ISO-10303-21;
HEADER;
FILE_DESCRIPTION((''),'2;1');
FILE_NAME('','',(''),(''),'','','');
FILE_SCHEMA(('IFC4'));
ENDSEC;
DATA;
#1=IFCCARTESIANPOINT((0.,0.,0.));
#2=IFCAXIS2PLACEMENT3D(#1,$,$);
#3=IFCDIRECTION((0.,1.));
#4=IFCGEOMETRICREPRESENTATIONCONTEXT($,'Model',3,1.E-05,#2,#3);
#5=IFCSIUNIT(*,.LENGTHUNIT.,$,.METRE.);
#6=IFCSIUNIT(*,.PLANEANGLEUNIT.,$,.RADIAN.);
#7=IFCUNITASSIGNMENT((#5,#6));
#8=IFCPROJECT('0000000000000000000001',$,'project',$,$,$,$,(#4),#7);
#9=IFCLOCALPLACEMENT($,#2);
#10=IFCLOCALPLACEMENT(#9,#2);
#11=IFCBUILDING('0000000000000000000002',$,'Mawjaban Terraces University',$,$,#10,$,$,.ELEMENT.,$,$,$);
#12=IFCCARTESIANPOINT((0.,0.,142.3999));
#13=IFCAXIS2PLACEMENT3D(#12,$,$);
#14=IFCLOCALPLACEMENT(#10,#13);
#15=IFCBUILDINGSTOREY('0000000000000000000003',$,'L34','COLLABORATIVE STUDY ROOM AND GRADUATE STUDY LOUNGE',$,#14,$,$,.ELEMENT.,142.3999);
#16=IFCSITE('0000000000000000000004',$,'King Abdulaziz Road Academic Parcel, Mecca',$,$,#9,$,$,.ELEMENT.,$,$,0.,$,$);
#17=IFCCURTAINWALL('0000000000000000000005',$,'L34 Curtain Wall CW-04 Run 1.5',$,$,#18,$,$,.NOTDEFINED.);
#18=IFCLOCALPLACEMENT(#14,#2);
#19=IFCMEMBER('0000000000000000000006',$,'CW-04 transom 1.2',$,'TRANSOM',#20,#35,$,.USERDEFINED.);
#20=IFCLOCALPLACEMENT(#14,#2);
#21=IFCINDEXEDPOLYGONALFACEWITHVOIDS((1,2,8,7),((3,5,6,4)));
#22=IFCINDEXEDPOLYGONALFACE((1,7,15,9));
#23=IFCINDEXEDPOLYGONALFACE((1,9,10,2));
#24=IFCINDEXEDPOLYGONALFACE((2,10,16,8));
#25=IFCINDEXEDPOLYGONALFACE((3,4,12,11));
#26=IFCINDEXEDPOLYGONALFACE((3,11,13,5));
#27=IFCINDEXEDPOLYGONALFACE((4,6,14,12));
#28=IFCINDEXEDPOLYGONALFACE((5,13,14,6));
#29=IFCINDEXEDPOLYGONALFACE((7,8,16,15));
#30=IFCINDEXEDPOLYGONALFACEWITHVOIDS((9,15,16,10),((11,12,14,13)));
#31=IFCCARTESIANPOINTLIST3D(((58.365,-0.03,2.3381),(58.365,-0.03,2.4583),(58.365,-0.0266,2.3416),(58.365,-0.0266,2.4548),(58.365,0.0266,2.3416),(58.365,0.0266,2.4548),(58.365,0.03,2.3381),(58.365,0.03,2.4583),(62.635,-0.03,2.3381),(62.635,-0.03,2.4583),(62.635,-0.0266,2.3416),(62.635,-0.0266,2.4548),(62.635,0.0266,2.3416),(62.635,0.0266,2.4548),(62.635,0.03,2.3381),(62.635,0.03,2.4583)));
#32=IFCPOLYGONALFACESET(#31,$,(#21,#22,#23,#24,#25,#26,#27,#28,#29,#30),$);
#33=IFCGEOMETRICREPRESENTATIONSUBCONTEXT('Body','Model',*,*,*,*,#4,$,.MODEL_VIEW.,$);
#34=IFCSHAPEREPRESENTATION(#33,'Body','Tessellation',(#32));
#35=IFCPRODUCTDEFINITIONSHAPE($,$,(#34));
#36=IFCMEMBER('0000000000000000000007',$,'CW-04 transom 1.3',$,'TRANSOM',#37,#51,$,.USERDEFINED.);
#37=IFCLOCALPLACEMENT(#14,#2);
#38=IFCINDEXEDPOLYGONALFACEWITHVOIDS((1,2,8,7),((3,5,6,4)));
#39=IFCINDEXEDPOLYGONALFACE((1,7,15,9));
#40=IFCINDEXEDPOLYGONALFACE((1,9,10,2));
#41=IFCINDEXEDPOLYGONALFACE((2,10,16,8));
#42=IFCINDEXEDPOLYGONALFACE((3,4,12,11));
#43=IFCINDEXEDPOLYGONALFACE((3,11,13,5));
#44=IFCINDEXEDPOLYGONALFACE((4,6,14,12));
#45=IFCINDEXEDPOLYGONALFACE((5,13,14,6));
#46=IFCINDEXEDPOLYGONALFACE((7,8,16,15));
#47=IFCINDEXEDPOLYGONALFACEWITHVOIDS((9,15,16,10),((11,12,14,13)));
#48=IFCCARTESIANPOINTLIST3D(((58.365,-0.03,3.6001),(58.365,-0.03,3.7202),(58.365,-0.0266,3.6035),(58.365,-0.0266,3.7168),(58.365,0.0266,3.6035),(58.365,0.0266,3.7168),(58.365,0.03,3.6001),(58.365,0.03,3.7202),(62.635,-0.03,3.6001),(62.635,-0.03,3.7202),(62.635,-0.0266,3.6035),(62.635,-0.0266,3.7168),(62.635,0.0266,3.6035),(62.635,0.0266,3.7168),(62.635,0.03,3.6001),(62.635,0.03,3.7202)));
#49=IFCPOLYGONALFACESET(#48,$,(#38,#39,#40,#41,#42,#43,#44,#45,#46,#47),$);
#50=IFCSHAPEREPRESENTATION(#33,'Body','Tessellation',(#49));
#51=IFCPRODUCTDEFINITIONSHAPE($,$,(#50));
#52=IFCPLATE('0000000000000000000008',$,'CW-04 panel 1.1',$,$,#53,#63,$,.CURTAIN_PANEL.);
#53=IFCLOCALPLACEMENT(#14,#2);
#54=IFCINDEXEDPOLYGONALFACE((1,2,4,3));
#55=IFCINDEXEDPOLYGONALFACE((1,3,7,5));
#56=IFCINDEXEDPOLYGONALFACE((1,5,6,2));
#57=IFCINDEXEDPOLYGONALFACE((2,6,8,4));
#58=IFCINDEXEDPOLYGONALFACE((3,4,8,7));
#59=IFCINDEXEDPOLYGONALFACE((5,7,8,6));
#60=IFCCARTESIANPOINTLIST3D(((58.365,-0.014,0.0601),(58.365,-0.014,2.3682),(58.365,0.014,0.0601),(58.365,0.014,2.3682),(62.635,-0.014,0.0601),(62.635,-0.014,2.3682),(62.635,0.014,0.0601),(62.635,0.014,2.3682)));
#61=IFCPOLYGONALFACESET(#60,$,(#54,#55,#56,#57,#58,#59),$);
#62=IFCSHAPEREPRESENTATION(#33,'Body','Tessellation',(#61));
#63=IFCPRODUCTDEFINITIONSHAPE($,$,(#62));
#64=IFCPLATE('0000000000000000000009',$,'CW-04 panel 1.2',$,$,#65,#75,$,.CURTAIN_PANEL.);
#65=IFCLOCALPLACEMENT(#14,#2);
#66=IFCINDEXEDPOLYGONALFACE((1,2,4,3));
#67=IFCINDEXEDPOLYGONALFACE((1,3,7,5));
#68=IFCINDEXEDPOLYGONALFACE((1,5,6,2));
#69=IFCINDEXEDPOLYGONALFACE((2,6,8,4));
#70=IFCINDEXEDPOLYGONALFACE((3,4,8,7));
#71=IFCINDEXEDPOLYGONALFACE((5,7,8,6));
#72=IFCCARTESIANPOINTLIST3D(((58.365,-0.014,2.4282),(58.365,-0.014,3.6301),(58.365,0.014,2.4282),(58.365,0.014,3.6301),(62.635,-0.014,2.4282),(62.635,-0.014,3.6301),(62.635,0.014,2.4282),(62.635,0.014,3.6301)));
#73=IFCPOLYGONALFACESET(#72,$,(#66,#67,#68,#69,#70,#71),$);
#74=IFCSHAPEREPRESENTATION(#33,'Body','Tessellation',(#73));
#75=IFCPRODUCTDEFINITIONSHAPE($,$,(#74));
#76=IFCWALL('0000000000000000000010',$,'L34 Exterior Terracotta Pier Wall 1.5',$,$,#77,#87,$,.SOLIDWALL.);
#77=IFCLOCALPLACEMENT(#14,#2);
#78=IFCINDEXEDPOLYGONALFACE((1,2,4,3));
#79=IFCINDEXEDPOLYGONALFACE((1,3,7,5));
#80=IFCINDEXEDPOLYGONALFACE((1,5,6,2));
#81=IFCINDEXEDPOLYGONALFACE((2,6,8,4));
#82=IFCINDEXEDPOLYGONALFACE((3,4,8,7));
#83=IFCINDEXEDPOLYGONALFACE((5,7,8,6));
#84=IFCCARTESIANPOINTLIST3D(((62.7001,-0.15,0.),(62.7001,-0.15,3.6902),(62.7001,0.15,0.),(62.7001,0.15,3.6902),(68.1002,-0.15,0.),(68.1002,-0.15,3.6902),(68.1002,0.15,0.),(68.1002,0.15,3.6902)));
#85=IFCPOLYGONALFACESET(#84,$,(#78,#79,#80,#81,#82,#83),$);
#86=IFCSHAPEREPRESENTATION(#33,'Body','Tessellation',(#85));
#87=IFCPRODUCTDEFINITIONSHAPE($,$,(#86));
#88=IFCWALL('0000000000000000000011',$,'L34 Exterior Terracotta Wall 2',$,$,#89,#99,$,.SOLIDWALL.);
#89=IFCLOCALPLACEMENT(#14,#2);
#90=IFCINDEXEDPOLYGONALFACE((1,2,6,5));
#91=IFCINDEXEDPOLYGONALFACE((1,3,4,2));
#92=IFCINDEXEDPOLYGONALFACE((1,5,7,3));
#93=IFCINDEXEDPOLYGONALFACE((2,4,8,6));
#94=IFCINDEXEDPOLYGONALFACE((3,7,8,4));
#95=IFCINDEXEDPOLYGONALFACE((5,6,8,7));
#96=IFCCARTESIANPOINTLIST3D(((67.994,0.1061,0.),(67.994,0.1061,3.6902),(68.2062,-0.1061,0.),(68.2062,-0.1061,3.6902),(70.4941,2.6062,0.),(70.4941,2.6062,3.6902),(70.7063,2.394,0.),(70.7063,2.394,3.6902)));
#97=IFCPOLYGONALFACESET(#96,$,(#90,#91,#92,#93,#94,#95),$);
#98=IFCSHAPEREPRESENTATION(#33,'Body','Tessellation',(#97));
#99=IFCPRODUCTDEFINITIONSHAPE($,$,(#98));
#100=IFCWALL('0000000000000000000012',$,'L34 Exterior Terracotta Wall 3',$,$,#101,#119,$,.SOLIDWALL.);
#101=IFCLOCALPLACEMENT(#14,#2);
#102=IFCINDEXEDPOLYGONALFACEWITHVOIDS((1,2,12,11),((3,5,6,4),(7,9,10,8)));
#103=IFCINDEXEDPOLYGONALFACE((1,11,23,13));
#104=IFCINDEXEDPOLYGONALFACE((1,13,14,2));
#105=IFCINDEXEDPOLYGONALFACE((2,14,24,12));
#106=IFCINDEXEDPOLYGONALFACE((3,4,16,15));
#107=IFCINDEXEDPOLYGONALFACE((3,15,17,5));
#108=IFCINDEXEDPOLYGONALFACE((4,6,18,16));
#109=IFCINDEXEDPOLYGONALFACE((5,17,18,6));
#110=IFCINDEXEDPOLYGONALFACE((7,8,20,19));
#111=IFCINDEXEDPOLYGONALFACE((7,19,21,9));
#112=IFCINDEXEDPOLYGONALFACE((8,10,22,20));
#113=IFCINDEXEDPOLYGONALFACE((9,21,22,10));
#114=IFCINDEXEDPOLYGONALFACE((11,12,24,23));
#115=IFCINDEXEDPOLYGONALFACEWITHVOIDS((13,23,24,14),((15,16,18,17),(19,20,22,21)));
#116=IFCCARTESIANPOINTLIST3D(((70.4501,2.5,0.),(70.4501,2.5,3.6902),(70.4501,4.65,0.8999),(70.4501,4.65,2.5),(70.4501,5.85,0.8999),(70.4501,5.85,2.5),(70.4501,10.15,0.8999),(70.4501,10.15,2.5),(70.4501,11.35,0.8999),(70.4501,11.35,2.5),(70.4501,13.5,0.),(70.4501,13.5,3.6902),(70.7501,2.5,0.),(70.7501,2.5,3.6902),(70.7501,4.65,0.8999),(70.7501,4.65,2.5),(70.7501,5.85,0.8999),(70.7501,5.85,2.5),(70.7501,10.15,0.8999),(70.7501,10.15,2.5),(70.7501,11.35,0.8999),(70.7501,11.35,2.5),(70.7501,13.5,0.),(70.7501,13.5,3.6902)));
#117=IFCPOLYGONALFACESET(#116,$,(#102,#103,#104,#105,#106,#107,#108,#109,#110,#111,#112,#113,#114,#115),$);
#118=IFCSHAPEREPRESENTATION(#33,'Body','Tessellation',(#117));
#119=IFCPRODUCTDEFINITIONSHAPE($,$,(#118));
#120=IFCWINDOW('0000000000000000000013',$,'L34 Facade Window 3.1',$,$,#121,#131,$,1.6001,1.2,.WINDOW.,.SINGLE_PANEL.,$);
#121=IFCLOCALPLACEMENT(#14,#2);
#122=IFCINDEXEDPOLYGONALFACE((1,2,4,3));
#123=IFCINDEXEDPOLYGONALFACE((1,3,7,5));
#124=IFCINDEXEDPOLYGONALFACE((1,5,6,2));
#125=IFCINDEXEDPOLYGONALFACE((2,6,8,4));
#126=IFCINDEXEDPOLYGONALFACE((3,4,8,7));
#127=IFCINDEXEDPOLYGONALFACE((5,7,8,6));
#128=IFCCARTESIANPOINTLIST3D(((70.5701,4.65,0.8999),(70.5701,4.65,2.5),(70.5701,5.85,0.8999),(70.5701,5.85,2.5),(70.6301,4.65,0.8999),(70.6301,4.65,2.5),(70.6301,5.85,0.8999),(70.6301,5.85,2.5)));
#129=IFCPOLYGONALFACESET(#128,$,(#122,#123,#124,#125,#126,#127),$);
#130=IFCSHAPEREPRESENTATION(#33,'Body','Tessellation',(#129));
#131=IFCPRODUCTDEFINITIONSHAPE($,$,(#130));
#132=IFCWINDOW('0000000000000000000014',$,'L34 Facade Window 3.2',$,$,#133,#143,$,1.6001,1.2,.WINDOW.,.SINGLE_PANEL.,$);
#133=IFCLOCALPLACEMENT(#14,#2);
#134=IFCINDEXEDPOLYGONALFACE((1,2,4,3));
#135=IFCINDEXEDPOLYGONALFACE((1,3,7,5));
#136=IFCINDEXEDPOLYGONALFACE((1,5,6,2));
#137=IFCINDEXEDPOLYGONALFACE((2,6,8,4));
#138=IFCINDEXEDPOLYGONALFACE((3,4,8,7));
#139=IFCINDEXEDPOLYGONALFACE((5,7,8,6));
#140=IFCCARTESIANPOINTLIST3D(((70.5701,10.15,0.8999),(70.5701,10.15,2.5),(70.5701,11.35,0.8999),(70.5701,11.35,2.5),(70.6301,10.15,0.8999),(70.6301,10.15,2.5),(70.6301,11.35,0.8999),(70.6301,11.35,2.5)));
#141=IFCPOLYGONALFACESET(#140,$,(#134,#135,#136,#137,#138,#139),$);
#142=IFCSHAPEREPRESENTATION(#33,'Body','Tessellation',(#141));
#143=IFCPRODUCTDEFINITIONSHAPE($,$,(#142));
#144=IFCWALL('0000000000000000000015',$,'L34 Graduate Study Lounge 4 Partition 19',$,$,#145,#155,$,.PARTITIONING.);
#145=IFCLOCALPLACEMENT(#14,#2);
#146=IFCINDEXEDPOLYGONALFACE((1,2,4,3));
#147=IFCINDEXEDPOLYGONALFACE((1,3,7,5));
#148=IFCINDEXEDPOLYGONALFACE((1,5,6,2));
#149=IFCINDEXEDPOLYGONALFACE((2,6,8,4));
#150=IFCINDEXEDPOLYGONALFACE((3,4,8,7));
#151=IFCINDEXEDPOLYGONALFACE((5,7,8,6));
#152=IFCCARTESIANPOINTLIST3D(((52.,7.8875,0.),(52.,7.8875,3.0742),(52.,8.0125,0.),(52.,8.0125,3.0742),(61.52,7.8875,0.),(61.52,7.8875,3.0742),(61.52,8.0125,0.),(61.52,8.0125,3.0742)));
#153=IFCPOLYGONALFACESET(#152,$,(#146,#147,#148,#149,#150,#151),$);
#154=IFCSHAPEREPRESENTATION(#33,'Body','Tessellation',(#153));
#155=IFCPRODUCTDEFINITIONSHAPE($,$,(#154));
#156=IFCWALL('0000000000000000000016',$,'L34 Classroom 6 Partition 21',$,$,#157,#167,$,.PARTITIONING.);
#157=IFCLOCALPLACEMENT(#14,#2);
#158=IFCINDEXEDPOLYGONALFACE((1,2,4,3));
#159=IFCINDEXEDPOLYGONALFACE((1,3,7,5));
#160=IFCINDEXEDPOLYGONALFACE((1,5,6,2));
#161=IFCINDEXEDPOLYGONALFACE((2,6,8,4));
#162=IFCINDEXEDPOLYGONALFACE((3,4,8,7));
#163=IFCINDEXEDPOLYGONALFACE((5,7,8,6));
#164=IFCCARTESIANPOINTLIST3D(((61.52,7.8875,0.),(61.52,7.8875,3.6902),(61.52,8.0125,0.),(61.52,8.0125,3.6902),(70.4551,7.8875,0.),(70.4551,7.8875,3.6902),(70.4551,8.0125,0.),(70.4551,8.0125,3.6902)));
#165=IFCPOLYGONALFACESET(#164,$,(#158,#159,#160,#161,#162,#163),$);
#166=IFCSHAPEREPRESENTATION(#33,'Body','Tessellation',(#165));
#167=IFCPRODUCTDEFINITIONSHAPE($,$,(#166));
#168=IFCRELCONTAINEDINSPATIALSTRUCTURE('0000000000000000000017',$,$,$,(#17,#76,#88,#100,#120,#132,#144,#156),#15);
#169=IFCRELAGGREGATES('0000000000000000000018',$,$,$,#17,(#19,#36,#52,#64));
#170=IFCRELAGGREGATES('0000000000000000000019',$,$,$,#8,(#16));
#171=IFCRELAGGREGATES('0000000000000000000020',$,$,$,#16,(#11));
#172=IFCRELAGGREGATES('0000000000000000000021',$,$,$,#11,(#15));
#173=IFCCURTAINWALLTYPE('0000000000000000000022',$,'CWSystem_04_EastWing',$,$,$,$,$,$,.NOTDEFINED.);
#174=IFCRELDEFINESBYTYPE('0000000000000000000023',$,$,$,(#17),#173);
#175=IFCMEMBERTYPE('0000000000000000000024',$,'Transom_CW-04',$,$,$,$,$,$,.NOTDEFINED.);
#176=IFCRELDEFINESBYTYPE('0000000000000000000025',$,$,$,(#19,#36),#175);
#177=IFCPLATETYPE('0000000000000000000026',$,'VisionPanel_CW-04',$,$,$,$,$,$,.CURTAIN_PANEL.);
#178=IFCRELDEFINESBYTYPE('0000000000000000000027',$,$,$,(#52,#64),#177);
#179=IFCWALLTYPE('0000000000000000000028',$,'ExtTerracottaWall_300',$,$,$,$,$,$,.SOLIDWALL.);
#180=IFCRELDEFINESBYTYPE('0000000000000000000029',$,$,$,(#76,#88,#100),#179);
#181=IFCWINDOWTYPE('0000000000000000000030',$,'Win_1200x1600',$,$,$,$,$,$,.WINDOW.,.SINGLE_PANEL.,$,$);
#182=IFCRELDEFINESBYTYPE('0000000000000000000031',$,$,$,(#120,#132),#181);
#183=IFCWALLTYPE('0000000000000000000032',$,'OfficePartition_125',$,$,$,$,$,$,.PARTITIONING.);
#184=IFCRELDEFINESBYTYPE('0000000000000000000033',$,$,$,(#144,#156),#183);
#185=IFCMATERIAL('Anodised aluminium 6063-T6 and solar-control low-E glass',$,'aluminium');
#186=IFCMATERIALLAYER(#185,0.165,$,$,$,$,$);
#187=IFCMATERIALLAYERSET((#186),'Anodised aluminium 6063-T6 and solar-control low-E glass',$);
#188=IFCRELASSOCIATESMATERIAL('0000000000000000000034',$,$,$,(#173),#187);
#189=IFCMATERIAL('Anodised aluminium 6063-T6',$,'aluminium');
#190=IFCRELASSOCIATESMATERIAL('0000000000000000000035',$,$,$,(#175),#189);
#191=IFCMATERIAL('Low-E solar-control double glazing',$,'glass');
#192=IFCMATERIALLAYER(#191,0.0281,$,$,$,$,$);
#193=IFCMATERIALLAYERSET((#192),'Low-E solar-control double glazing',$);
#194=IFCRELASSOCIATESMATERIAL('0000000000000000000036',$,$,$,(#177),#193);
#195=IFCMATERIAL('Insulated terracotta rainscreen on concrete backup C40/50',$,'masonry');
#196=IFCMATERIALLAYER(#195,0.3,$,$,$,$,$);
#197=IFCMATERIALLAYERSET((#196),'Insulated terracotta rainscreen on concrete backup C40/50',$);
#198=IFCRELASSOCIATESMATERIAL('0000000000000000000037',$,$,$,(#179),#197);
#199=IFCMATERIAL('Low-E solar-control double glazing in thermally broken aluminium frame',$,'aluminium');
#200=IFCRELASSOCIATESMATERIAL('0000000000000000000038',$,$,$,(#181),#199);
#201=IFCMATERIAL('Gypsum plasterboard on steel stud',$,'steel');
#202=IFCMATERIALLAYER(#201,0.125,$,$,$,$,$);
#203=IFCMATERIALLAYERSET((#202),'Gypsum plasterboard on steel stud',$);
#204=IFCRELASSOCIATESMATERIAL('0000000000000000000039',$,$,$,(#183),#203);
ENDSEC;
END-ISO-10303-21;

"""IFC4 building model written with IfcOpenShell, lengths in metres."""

from ifc_helpers import new_model, si_unit, direction, frame, frame_2d, origin, origin_2d, place, context, subcontext, project, spatial, rectangle, hollow_rectangle, extrude, material, layer, layer_set, material_profile, profile_set, type_object, element, fill, aggregate, save


model = new_model("IFC4")

# Units and contexts
model_context = context("Model", 3, precision=1e-05, world=origin(), true_north=direction((0.0, 1.0)))
body_context = subcontext(model_context, "Body", "Model", "MODEL_VIEW")
ifc_project = project(units=[si_unit("LENGTHUNIT", "METRE"), si_unit("PLANEANGLEUNIT", "RADIAN")], contexts=[model_context])

# Site, building, storey
site_placement = place(None, origin())
site = spatial("IfcSite", under=ifc_project, at=site_placement, Name="King Abdulaziz Road Academic Parcel, Mecca", CompositionType="ELEMENT", RefElevation=0.0)
building_placement = place(site_placement, origin())
building = spatial("IfcBuilding", under=site, at=building_placement, Name="Mawjaban Terraces University", CompositionType="ELEMENT")
storey_placement = place(building_placement, frame((0.0, 0.0, 142.3999)))
storey = spatial("IfcBuildingStorey", under=building, at=storey_placement, Name="L34", Description="COLLABORATIVE STUDY ROOM AND GRADUATE STUDY LOUNGE", CompositionType="ELEMENT", Elevation=142.3999)

# Curtain wall, members, plates
ifc_material_1 = material(Name="Anodised aluminium 6063-T6 and solar-control low-E glass", Category="aluminium")
ifc_layer_1 = layer(ifc_material_1, 0.165)
ifc_layer_set_1 = layer_set([ifc_layer_1], Name="Anodised aluminium 6063-T6 and solar-control low-E glass")
curtain_wall_type = type_object("IfcCurtainWallType", Name="CWSystem_04_EastWing", PredefinedType="NOTDEFINED", material=ifc_layer_set_1)
curtain_wall_placement = place(storey_placement, origin())
curtain_wall = element("IfcCurtainWall", 1, at=curtain_wall_placement, inside=storey, type_object=curtain_wall_type, Name="L34 Curtain Wall CW-04 Run 1.5", PredefinedType="NOTDEFINED")
ifc_material_2 = material(Name="Anodised aluminium 6063-T6", Category="aluminium")
ifc_material_profile_1 = material_profile(ifc_material_2, hollow_rectangle(XDim=0.0601, YDim=0.1201, WallThickness=0.0034, at=origin_2d()), Name="ALU120X60X3.5")
ifc_profile_set_1 = profile_set([ifc_material_profile_1], Name="Anodised aluminium 6063-T6")
member_type_1 = type_object("IfcMemberType", Name="Transom_CW-04", PredefinedType="NOTDEFINED", material=ifc_profile_set_1)
member_1_placement = place(storey_placement, frame((58.365, 0.0, 2.3982), z_axis=(1.0, 0.0, 0.0), x_axis=(0.0, 1.0, 0.0)))
member_1 = element("IfcMember", 2, at=member_1_placement, type_object=member_type_1, Name="CW-04 transom 1.2", ObjectType="TRANSOM", PredefinedType="USERDEFINED", context=body_context, shape_type="SweptSolid", body=[
    extrude(hollow_rectangle(XDim=0.0601, YDim=0.1201, WallThickness=0.0034, at=origin_2d()), origin(), (0.0, 0.0, 1.0), 4.27),
])
member_2_placement = place(storey_placement, frame((58.365, 0.0, 3.6602), z_axis=(1.0, 0.0, 0.0), x_axis=(0.0, 1.0, 0.0)))
member_2 = element("IfcMember", 3, at=member_2_placement, type_object=member_type_1, Name="CW-04 transom 1.3", ObjectType="TRANSOM", PredefinedType="USERDEFINED", context=body_context, shape_type="SweptSolid", body=[
    extrude(hollow_rectangle(XDim=0.0601, YDim=0.1201, WallThickness=0.0034, at=origin_2d()), origin(), (0.0, 0.0, 1.0), 4.27),
])
ifc_material_3 = material(Name="Low-E solar-control double glazing", Category="glass")
ifc_layer_2 = layer(ifc_material_3, 0.0281)
ifc_layer_set_2 = layer_set([ifc_layer_2], Name="Low-E solar-control double glazing")
plate_type = type_object("IfcPlateType", Name="VisionPanel_CW-04", PredefinedType="CURTAIN_PANEL", material=ifc_layer_set_2)
plate_1_placement = place(storey_placement, frame((60.5, 0.0, 0.0601), z_axis=(0.0, 0.0, 1.0), x_axis=(1.0, 0.0, 0.0)))
plate_1 = element("IfcPlate", 4, at=plate_1_placement, type_object=plate_type, Name="CW-04 panel 1.1", PredefinedType="CURTAIN_PANEL", context=body_context, shape_type="SweptSolid", body=[
    extrude(rectangle(XDim=4.27, YDim=0.0281, at=origin_2d()), origin(), (0.0, 0.0, 1.0), 2.3081),
])
plate_2_placement = place(storey_placement, frame((60.5, 0.0, 2.4282), z_axis=(0.0, 0.0, 1.0), x_axis=(1.0, 0.0, 0.0)))
plate_2 = element("IfcPlate", 5, at=plate_2_placement, type_object=plate_type, Name="CW-04 panel 1.2", PredefinedType="CURTAIN_PANEL", context=body_context, shape_type="SweptSolid", body=[
    extrude(rectangle(XDim=4.27, YDim=0.0281, at=origin_2d()), origin(), (0.0, 0.0, 1.0), 1.2019),
])
aggregate(curtain_wall, [member_1, member_2, plate_1, plate_2])

# Walls
ifc_material_4 = material(Name="Insulated terracotta rainscreen on concrete backup C40/50", Category="masonry")
ifc_layer_3 = layer(ifc_material_4, 0.3)
ifc_layer_set_3 = layer_set([ifc_layer_3], Name="Insulated terracotta rainscreen on concrete backup C40/50")
wall_type_1 = type_object("IfcWallType", Name="ExtTerracottaWall_300", PredefinedType="SOLIDWALL", material=ifc_layer_set_3)
wall_1_placement = place(storey_placement, frame((62.7, 0.0, 0.0), z_axis=(0.0, 0.0, 1.0), x_axis=(1.0, 0.0, 0.0)))
element("IfcWall", 6, at=wall_1_placement, inside=storey, type_object=wall_type_1, Name="L34 Exterior Terracotta Pier Wall 1.5", PredefinedType="SOLIDWALL", context=body_context, shape_type="SweptSolid", body=[
    extrude(rectangle(XDim=5.4001, YDim=0.3, at=frame_2d((2.7002, 0.0))), origin(), (0.0, 0.0, 1.0), 3.6902),
])
wall_2_placement = place(storey_placement, frame((68.1001, 0.0, 0.0), z_axis=(0.0, 0.0, 1.0), x_axis=(0.707107, 0.707107, 0.0)))
element("IfcWall", 7, at=wall_2_placement, inside=storey, type_object=wall_type_1, Name="L34 Exterior Terracotta Wall 2", PredefinedType="SOLIDWALL", context=body_context, shape_type="SweptSolid", body=[
    extrude(rectangle(XDim=3.5356, YDim=0.3, at=frame_2d((1.7678, 0.0))), origin(), (0.0, 0.0, 1.0), 3.6902),
])

# Wall, openings, windows
wall_3_placement = place(storey_placement, frame((70.6001, 2.5, 0.0), z_axis=(0.0, 0.0, 1.0), x_axis=(0.0, 1.0, 0.0)))
wall_3 = element("IfcWall", 8, at=wall_3_placement, inside=storey, type_object=wall_type_1, Name="L34 Exterior Terracotta Wall 3", PredefinedType="SOLIDWALL", context=body_context, shape_type="SweptSolid", body=[
    extrude(rectangle(XDim=11.0, YDim=0.3, at=frame_2d((5.5, 0.0))), origin(), (0.0, 0.0, 1.0), 3.6902),
])
opening_1_placement = place(wall_3_placement, frame((2.1499, 0.0, 0.8999)))
opening_1 = element("IfcOpeningElement", 9, at=opening_1_placement, cuts=wall_3, PredefinedType="OPENING", context=body_context, shape_type="SweptSolid", body=[
    extrude(rectangle(XDim=1.2, YDim=1.6001, at=frame_2d((0.6001, 0.8))), frame((0.0, 0.1599, 0.0), z_axis=(0.0, -1.0, 0.0), x_axis=(1.0, 0.0, 0.0)), (0.0, 0.0, 1.0), 0.3201),
])
opening_2_placement = place(wall_3_placement, frame((7.6499, 0.0, 0.8999)))
opening_2 = element("IfcOpeningElement", 10, at=opening_2_placement, cuts=wall_3, PredefinedType="OPENING", context=body_context, shape_type="SweptSolid", body=[
    extrude(rectangle(XDim=1.2, YDim=1.6001, at=frame_2d((0.6001, 0.8))), frame((0.0, 0.1599, 0.0), z_axis=(0.0, -1.0, 0.0), x_axis=(1.0, 0.0, 0.0)), (0.0, 0.0, 1.0), 0.3201),
])
ifc_material_5 = material(Name="Low-E solar-control double glazing in thermally broken aluminium frame", Category="aluminium")
window_type = type_object("IfcWindowType", Name="Win_1200x1600", PartitioningType="SINGLE_PANEL", PredefinedType="WINDOW", material=ifc_material_5)
window_1_placement = place(opening_1_placement, origin())
window_1 = element("IfcWindow", 11, at=window_1_placement, inside=storey, type_object=window_type, Name="L34 Facade Window 3.1", OverallHeight=1.6001, OverallWidth=1.2, PartitioningType="SINGLE_PANEL", PredefinedType="WINDOW", context=body_context, shape_type="SweptSolid", body=[
    extrude(rectangle(XDim=1.2, YDim=1.6001, at=frame_2d((0.6001, 0.8))), frame((0.0, 0.03, 0.0), z_axis=(0.0, -1.0, 0.0), x_axis=(1.0, 0.0, 0.0)), (0.0, 0.0, 1.0), 0.0601),
])
fill(opening_1, window_1)
window_2_placement = place(opening_2_placement, origin())
window_2 = element("IfcWindow", 12, at=window_2_placement, inside=storey, type_object=window_type, Name="L34 Facade Window 3.2", OverallHeight=1.6001, OverallWidth=1.2, PartitioningType="SINGLE_PANEL", PredefinedType="WINDOW", context=body_context, shape_type="SweptSolid", body=[
    extrude(rectangle(XDim=1.2, YDim=1.6001, at=frame_2d((0.6001, 0.8))), frame((0.0, 0.03, 0.0), z_axis=(0.0, -1.0, 0.0), x_axis=(1.0, 0.0, 0.0)), (0.0, 0.0, 1.0), 0.0601),
])
fill(opening_2, window_2)

# Walls
ifc_material_6 = material(Name="Gypsum plasterboard on steel stud", Category="steel")
ifc_layer_4 = layer(ifc_material_6, 0.125)
ifc_layer_set_4 = layer_set([ifc_layer_4], Name="Gypsum plasterboard on steel stud")
wall_type_2 = type_object("IfcWallType", Name="OfficePartition_125", PredefinedType="PARTITIONING", material=ifc_layer_set_4)
wall_4_placement = place(storey_placement, frame((61.52, 7.95, 0.0), z_axis=(0.0, 0.0, 1.0), x_axis=(-1.0, 0.0, 0.0)))
element("IfcWall", 13, at=wall_4_placement, inside=storey, type_object=wall_type_2, Name="L34 Graduate Study Lounge 4 Partition 19", PredefinedType="PARTITIONING", context=body_context, shape_type="SweptSolid", body=[
    extrude(rectangle(XDim=9.52, YDim=0.125, at=frame_2d((4.76, 0.0))), origin(), (0.0, 0.0, 1.0), 3.0742),
])
wall_5_placement = place(storey_placement, frame((70.4551, 7.95, 0.0), z_axis=(0.0, 0.0, 1.0), x_axis=(-1.0, 0.0, 0.0)))
element("IfcWall", 14, at=wall_5_placement, inside=storey, type_object=wall_type_2, Name="L34 Classroom 6 Partition 21", PredefinedType="PARTITIONING", context=body_context, shape_type="SweptSolid", body=[
    extrude(rectangle(XDim=8.9351, YDim=0.125, at=frame_2d((4.4675, 0.0))), origin(), (0.0, 0.0, 1.0), 3.6902),
])

save(model, "model.ifc")
